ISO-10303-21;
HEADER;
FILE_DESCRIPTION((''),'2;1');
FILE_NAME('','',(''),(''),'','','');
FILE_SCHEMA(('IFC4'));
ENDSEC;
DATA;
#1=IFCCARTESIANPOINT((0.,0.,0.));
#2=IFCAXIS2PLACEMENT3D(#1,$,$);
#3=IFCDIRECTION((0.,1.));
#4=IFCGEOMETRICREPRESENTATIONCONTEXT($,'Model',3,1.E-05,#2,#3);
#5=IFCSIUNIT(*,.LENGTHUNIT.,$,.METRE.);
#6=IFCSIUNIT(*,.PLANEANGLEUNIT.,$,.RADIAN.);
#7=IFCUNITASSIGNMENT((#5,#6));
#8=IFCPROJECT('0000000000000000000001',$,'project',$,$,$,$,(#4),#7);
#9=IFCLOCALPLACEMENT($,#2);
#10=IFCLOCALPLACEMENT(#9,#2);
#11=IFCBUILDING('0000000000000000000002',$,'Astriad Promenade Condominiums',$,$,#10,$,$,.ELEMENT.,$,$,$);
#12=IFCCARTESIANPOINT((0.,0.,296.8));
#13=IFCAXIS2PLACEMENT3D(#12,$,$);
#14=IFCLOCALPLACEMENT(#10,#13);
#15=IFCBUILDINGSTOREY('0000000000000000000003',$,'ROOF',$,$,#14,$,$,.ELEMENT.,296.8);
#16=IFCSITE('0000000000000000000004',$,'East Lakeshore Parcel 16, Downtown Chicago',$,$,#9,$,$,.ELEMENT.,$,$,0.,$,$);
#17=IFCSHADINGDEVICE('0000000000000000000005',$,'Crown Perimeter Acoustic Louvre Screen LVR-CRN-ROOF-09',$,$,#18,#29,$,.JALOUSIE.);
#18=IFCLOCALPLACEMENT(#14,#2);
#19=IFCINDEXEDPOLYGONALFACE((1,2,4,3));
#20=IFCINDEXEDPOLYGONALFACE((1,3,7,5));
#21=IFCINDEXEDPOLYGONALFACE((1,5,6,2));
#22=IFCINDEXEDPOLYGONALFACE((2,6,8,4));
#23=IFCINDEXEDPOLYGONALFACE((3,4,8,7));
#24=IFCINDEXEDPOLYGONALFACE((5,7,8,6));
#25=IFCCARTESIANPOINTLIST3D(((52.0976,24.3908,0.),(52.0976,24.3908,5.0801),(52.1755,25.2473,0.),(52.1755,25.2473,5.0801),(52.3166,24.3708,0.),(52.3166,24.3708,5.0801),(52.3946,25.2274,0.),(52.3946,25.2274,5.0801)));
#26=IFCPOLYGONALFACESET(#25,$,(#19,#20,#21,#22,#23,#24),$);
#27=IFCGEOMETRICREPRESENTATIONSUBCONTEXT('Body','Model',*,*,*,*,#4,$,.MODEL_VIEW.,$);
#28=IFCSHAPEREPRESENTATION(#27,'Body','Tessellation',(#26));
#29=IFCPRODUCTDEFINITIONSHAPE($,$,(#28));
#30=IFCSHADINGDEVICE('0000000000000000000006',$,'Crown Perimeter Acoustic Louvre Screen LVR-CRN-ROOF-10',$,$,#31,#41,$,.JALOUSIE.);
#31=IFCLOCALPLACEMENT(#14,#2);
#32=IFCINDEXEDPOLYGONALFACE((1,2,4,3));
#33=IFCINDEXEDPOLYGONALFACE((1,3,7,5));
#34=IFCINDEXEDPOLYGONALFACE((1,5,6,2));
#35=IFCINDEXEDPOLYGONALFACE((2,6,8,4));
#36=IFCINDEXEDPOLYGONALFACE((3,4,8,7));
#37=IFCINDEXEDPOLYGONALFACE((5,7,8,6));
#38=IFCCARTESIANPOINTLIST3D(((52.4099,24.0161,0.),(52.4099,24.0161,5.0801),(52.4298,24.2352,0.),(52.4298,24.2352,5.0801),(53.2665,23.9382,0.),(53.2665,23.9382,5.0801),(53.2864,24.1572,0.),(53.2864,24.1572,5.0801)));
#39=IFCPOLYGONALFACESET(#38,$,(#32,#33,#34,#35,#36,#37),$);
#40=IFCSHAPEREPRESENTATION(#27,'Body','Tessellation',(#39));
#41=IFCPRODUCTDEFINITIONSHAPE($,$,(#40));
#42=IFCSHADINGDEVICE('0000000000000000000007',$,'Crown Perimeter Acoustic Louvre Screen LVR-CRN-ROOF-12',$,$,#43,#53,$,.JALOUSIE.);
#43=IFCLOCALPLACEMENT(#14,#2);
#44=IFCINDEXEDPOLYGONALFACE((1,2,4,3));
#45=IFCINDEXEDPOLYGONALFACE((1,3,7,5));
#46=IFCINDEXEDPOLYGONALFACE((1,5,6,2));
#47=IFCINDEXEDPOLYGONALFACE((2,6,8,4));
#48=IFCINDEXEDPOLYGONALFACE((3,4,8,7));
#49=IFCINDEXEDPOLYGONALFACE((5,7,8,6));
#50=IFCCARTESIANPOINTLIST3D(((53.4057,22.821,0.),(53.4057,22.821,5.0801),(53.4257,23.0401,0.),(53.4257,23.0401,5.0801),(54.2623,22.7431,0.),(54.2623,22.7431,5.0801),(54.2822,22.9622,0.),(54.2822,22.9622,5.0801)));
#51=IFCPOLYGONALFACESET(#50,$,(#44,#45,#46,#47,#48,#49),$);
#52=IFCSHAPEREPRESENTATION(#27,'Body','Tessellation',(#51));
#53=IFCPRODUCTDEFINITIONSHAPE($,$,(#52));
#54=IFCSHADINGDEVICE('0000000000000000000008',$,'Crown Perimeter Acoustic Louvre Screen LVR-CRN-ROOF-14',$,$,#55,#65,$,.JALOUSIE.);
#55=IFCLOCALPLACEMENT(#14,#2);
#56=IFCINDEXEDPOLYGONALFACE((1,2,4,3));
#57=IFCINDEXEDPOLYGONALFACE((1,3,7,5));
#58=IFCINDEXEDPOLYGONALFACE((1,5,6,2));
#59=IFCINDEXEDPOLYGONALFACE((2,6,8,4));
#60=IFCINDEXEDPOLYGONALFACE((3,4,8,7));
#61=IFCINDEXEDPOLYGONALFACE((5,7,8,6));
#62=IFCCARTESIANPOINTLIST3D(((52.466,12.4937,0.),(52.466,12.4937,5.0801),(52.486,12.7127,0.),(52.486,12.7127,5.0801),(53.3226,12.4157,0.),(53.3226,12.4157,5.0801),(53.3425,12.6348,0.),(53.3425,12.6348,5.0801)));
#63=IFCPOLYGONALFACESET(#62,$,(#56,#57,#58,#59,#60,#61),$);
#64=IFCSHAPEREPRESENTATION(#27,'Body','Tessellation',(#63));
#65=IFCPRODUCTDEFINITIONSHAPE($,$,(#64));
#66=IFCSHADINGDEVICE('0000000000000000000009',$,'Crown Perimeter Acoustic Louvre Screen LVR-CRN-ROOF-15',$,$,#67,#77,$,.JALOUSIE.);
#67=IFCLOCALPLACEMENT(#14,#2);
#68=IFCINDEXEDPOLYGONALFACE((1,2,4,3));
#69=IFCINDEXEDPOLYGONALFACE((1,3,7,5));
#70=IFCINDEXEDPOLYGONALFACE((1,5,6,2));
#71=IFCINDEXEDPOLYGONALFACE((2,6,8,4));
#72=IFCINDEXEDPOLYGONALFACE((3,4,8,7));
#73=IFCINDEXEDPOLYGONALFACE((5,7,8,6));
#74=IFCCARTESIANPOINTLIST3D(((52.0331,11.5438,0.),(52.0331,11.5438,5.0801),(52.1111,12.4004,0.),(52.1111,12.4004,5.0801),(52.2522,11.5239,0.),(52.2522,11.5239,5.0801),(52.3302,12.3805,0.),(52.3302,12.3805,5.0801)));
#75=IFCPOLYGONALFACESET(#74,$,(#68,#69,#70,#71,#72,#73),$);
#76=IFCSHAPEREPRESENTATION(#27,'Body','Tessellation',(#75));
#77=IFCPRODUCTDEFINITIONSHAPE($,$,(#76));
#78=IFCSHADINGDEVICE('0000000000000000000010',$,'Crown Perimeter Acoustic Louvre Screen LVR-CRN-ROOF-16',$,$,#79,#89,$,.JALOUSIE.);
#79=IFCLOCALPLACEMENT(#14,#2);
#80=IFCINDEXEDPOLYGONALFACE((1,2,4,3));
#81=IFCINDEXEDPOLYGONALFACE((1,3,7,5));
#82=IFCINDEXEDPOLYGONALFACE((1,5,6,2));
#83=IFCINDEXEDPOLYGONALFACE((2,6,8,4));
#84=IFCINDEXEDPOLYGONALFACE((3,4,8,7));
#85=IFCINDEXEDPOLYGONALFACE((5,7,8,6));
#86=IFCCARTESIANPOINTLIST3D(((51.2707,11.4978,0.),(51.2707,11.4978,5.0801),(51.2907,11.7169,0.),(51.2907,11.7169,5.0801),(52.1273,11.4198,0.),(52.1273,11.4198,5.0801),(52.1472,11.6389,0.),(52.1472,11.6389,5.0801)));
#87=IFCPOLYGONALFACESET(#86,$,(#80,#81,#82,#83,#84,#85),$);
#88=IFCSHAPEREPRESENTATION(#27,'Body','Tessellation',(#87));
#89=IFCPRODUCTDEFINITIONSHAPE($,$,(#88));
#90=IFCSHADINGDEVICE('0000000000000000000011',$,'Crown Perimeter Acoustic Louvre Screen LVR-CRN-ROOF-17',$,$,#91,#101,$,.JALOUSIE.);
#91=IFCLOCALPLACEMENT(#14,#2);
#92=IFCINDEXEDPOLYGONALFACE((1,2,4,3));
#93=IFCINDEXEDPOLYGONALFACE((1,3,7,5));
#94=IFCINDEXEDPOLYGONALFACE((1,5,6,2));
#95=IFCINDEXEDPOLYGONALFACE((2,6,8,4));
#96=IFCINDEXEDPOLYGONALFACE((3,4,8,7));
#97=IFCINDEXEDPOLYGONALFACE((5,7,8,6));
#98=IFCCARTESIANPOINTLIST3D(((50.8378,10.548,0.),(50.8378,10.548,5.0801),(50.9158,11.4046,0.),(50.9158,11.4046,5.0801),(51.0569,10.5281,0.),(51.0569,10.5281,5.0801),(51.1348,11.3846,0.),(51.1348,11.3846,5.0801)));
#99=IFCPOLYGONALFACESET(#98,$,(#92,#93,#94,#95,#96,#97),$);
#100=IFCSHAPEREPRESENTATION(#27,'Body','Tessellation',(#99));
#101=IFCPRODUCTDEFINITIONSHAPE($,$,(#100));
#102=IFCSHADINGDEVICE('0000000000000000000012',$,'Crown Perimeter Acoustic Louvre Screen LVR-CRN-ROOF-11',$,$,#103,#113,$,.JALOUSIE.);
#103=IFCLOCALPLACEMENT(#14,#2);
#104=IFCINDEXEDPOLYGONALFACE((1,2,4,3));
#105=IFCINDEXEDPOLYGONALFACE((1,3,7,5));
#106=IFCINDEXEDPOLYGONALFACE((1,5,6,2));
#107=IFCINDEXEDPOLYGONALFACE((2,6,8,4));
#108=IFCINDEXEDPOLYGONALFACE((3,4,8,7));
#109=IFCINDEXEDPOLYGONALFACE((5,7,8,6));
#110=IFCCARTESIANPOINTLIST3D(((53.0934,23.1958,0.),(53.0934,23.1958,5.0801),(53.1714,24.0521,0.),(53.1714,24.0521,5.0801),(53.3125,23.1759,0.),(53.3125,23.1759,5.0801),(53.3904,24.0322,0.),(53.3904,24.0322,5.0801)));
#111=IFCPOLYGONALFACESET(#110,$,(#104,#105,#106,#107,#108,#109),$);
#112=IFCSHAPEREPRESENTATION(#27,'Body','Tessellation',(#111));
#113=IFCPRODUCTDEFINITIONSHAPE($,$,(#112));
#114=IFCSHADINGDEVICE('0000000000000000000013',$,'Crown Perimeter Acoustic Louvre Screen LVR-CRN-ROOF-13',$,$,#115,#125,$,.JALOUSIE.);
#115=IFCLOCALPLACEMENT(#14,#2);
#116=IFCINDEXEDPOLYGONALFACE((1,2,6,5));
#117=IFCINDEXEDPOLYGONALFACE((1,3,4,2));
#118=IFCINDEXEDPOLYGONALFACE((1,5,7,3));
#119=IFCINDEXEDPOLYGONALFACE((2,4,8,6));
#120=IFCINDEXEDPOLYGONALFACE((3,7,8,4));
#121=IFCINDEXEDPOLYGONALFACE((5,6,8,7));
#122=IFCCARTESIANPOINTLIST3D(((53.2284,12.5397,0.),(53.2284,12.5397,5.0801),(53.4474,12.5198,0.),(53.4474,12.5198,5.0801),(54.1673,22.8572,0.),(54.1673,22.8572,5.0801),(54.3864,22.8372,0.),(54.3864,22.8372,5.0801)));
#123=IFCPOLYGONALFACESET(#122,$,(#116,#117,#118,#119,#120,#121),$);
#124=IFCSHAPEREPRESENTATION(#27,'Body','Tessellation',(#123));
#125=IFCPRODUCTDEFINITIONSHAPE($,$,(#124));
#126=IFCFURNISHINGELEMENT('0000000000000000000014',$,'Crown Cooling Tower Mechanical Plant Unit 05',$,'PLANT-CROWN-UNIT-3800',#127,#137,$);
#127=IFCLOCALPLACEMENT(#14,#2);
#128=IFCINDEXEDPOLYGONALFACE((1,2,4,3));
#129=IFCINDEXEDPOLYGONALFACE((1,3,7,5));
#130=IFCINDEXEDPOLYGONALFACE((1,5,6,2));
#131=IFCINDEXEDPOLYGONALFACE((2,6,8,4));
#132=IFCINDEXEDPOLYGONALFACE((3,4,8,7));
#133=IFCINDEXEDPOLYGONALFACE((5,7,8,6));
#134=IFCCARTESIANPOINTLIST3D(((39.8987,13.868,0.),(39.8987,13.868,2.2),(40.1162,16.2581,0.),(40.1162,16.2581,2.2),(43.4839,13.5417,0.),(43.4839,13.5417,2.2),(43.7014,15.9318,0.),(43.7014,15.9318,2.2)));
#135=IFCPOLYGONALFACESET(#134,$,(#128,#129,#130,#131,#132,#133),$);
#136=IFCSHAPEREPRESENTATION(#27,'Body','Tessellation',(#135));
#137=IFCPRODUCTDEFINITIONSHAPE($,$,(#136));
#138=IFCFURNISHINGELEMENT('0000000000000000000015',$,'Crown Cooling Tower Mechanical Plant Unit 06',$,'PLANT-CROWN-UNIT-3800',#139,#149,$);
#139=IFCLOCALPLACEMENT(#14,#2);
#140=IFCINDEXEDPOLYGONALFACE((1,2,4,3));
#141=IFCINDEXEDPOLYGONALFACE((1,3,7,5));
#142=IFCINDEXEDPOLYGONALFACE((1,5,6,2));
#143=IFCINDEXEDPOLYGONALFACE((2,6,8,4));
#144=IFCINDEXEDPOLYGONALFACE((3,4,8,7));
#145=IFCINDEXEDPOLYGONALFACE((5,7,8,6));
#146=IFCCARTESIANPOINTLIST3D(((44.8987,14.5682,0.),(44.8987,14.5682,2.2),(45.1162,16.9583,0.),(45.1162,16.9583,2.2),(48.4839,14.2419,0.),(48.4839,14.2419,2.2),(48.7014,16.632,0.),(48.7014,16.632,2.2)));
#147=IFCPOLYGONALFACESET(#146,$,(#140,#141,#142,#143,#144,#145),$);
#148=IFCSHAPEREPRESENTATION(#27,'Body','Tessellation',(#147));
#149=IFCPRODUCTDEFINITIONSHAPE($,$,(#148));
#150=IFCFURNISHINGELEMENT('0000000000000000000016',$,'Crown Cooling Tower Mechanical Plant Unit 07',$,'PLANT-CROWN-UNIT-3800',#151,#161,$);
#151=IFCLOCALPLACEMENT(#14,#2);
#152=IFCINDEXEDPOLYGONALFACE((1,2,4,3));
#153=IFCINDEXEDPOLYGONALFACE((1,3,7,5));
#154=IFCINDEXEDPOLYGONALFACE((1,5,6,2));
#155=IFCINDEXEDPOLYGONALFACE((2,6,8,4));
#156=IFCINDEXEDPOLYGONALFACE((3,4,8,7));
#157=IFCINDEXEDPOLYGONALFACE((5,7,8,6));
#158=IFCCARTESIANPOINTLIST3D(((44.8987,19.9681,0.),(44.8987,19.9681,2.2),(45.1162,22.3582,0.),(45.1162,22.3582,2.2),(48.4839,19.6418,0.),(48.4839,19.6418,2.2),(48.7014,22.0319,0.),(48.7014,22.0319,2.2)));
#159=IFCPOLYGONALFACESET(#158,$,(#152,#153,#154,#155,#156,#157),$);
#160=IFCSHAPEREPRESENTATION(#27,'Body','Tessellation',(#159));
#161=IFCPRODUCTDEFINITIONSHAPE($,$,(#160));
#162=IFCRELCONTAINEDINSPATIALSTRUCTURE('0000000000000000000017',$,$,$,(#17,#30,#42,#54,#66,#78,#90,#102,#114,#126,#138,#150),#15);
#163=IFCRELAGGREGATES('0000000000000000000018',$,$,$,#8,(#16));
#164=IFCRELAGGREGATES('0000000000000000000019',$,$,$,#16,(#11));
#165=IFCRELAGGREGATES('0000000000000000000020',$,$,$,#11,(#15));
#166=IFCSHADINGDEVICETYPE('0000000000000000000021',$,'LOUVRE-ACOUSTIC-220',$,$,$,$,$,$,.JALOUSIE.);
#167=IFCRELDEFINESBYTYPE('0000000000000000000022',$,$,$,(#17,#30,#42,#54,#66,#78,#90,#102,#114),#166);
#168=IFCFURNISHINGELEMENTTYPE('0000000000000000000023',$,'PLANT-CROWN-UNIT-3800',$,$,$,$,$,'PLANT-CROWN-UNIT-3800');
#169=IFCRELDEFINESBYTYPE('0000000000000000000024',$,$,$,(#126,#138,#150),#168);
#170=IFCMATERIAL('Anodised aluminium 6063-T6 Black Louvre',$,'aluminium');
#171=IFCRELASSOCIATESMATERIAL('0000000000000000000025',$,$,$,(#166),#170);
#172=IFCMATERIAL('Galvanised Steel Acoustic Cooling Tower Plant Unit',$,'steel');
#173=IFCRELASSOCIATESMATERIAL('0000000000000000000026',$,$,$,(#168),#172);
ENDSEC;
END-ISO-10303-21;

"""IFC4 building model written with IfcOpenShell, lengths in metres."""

from ifc_helpers import new_model, si_unit, direction, frame, origin, origin_2d, place, context, subcontext, project, spatial, rectangle, extrude, source, transform, mapped, material, type_object, type_shapes, element, save


model = new_model("IFC4")

# Units and contexts
model_context = context("Model", 3, precision=1e-05, world=origin(), true_north=direction((0.0, 1.0)))
body_context = subcontext(model_context, "Body", "Model", "MODEL_VIEW")
ifc_project = project(units=[si_unit("LENGTHUNIT", "METRE"), si_unit("PLANEANGLEUNIT", "RADIAN")], contexts=[model_context])

# Site, building, storey
site_placement = place(None, origin())
site = spatial("IfcSite", under=ifc_project, at=site_placement, Name="East Lakeshore Parcel 16, Downtown Chicago", CompositionType="ELEMENT", RefElevation=0.0)
building_placement = place(site_placement, origin())
building = spatial("IfcBuilding", under=site, at=building_placement, Name="Astriad Promenade Condominiums", CompositionType="ELEMENT")
storey_placement = place(building_placement, frame((0.0, 0.0, 296.8)))
storey = spatial("IfcBuildingStorey", under=building, at=storey_placement, Name="ROOF", CompositionType="ELEMENT", Elevation=296.8)

# Shading devices
ifc_material_1 = material(Name="Anodised aluminium 6063-T6 Black Louvre", Category="aluminium")
shading_device_type = type_object("IfcShadingDeviceType", Name="LOUVRE-ACOUSTIC-220", PredefinedType="JALOUSIE", material=ifc_material_1)
shared_shape_1 = source(origin(), body_context, "Body", "SweptSolid", [
    extrude(rectangle(XDim=0.8601, YDim=0.22, at=origin_2d()), origin(), (0.0, 0.0, 1.0), 5.0801),
])
for number, where, z_axis, x_axis, name in (
    (1, (52.2461, 24.8091, 0.0), (0.0, 0.0, 1.0), (-0.090633, -0.995884, 0.0), "Crown Perimeter Acoustic Louvre Screen LVR-CRN-ROOF-09"),
    (2, (52.8481, 24.0867, 0.0), (0.0, 0.0, 1.0), (0.995884, -0.090633, 0.0), "Crown Perimeter Acoustic Louvre Screen LVR-CRN-ROOF-10"),
    (3, (53.844, 22.8916, 0.0), (0.0, 0.0, 1.0), (0.995884, -0.090633, 0.0), "Crown Perimeter Acoustic Louvre Screen LVR-CRN-ROOF-12"),
    (4, (52.9043, 12.5642, 0.0), (0.0, 0.0, 1.0), (-0.995884, 0.090633, 0.0), "Crown Perimeter Acoustic Louvre Screen LVR-CRN-ROOF-14"),
    (5, (52.1816, 11.9622, 0.0), (0.0, 0.0, 1.0), (-0.090633, -0.995884, 0.0), "Crown Perimeter Acoustic Louvre Screen LVR-CRN-ROOF-15"),
    (6, (51.709, 11.5684, 0.0), (0.0, 0.0, 1.0), (-0.995884, 0.090633, 0.0), "Crown Perimeter Acoustic Louvre Screen LVR-CRN-ROOF-16"),
    (7, (50.9863, 10.9663, 0.0), (0.0, 0.0, 1.0), (-0.090633, -0.995884, 0.0), "Crown Perimeter Acoustic Louvre Screen LVR-CRN-ROOF-17"),
):
    element("IfcShadingDevice", number, at=place(storey_placement, frame(where, z_axis=z_axis, x_axis=x_axis)), inside=storey, type_object=shading_device_type, Name=name, PredefinedType="JALOUSIE", context=body_context, shape_type="MappedRepresentation", body=[
        mapped(shared_shape_1, transform((0.0, 0.0, 0.0), scale=1.0)),
    ])
shared_shape_2 = source(origin(), body_context, "Body", "SweptSolid", [
    extrude(rectangle(XDim=0.8599, YDim=0.22, at=origin_2d()), origin(), (0.0, 0.0, 1.0), 5.0801),
])
shading_device_1_placement = place(storey_placement, frame((53.2419, 23.614, 0.0), z_axis=(0.0, 0.0, 1.0), x_axis=(-0.09065, -0.995883, 0.0)))
element("IfcShadingDevice", 8, at=shading_device_1_placement, inside=storey, type_object=shading_device_type, Name="Crown Perimeter Acoustic Louvre Screen LVR-CRN-ROOF-11", PredefinedType="JALOUSIE", context=body_context, shape_type="MappedRepresentation", body=[
    mapped(shared_shape_2, transform((0.0, 0.0, 0.0), scale=1.0)),
])
shared_shape_3 = source(origin(), body_context, "Body", "SweptSolid", [
    extrude(rectangle(XDim=10.3601, YDim=0.22, at=origin_2d()), origin(), (0.0, 0.0, 1.0), 5.0801),
])
type_shapes(shading_device_type, [shared_shape_1, shared_shape_2, shared_shape_3])
shading_device_2_placement = place(storey_placement, frame((53.8074, 17.6885, 0.0), z_axis=(0.0, 0.0, 1.0), x_axis=(-0.090633, -0.995884, 0.0)))
element("IfcShadingDevice", 9, at=shading_device_2_placement, inside=storey, type_object=shading_device_type, Name="Crown Perimeter Acoustic Louvre Screen LVR-CRN-ROOF-13", PredefinedType="JALOUSIE", context=body_context, shape_type="MappedRepresentation", body=[
    mapped(shared_shape_3, transform((0.0, 0.0, 0.0), scale=1.0)),
])

# Furnishing elements
ifc_material_2 = material(Name="Galvanised Steel Acoustic Cooling Tower Plant Unit", Category="steel")
furnishing_element_type = type_object("IfcFurnishingElementType", Name="PLANT-CROWN-UNIT-3800", ElementType="PLANT-CROWN-UNIT-3800", material=ifc_material_2)
shared_shape_4 = source(origin(), body_context, "Body", "SweptSolid", [
    extrude(rectangle(XDim=3.6001, YDim=2.3999, at=origin_2d()), origin(), (0.0, 0.0, 1.0), 2.2),
])
type_shapes(furnishing_element_type, [shared_shape_4])
for number, where, z_axis, x_axis, name in (
    (10, (41.8, 14.8999, 0.0), (0.0, 0.0, 1.0), (0.995884, -0.090633, 0.0), "Crown Cooling Tower Mechanical Plant Unit 05"),
    (11, (46.8, 15.6001, 0.0), (0.0, 0.0, 1.0), (0.995884, -0.090633, 0.0), "Crown Cooling Tower Mechanical Plant Unit 06"),
    (12, (46.8, 21.0, 0.0), (0.0, 0.0, 1.0), (0.995884, -0.090633, 0.0), "Crown Cooling Tower Mechanical Plant Unit 07"),
):
    element("IfcFurnishingElement", number, at=place(storey_placement, frame(where, z_axis=z_axis, x_axis=x_axis)), inside=storey, type_object=furnishing_element_type, Name=name, ObjectType="PLANT-CROWN-UNIT-3800", context=body_context, shape_type="MappedRepresentation", body=[
        mapped(shared_shape_4, transform((0.0, 0.0, 0.0), scale=1.0)),
    ])

save(model, "model.ifc")
